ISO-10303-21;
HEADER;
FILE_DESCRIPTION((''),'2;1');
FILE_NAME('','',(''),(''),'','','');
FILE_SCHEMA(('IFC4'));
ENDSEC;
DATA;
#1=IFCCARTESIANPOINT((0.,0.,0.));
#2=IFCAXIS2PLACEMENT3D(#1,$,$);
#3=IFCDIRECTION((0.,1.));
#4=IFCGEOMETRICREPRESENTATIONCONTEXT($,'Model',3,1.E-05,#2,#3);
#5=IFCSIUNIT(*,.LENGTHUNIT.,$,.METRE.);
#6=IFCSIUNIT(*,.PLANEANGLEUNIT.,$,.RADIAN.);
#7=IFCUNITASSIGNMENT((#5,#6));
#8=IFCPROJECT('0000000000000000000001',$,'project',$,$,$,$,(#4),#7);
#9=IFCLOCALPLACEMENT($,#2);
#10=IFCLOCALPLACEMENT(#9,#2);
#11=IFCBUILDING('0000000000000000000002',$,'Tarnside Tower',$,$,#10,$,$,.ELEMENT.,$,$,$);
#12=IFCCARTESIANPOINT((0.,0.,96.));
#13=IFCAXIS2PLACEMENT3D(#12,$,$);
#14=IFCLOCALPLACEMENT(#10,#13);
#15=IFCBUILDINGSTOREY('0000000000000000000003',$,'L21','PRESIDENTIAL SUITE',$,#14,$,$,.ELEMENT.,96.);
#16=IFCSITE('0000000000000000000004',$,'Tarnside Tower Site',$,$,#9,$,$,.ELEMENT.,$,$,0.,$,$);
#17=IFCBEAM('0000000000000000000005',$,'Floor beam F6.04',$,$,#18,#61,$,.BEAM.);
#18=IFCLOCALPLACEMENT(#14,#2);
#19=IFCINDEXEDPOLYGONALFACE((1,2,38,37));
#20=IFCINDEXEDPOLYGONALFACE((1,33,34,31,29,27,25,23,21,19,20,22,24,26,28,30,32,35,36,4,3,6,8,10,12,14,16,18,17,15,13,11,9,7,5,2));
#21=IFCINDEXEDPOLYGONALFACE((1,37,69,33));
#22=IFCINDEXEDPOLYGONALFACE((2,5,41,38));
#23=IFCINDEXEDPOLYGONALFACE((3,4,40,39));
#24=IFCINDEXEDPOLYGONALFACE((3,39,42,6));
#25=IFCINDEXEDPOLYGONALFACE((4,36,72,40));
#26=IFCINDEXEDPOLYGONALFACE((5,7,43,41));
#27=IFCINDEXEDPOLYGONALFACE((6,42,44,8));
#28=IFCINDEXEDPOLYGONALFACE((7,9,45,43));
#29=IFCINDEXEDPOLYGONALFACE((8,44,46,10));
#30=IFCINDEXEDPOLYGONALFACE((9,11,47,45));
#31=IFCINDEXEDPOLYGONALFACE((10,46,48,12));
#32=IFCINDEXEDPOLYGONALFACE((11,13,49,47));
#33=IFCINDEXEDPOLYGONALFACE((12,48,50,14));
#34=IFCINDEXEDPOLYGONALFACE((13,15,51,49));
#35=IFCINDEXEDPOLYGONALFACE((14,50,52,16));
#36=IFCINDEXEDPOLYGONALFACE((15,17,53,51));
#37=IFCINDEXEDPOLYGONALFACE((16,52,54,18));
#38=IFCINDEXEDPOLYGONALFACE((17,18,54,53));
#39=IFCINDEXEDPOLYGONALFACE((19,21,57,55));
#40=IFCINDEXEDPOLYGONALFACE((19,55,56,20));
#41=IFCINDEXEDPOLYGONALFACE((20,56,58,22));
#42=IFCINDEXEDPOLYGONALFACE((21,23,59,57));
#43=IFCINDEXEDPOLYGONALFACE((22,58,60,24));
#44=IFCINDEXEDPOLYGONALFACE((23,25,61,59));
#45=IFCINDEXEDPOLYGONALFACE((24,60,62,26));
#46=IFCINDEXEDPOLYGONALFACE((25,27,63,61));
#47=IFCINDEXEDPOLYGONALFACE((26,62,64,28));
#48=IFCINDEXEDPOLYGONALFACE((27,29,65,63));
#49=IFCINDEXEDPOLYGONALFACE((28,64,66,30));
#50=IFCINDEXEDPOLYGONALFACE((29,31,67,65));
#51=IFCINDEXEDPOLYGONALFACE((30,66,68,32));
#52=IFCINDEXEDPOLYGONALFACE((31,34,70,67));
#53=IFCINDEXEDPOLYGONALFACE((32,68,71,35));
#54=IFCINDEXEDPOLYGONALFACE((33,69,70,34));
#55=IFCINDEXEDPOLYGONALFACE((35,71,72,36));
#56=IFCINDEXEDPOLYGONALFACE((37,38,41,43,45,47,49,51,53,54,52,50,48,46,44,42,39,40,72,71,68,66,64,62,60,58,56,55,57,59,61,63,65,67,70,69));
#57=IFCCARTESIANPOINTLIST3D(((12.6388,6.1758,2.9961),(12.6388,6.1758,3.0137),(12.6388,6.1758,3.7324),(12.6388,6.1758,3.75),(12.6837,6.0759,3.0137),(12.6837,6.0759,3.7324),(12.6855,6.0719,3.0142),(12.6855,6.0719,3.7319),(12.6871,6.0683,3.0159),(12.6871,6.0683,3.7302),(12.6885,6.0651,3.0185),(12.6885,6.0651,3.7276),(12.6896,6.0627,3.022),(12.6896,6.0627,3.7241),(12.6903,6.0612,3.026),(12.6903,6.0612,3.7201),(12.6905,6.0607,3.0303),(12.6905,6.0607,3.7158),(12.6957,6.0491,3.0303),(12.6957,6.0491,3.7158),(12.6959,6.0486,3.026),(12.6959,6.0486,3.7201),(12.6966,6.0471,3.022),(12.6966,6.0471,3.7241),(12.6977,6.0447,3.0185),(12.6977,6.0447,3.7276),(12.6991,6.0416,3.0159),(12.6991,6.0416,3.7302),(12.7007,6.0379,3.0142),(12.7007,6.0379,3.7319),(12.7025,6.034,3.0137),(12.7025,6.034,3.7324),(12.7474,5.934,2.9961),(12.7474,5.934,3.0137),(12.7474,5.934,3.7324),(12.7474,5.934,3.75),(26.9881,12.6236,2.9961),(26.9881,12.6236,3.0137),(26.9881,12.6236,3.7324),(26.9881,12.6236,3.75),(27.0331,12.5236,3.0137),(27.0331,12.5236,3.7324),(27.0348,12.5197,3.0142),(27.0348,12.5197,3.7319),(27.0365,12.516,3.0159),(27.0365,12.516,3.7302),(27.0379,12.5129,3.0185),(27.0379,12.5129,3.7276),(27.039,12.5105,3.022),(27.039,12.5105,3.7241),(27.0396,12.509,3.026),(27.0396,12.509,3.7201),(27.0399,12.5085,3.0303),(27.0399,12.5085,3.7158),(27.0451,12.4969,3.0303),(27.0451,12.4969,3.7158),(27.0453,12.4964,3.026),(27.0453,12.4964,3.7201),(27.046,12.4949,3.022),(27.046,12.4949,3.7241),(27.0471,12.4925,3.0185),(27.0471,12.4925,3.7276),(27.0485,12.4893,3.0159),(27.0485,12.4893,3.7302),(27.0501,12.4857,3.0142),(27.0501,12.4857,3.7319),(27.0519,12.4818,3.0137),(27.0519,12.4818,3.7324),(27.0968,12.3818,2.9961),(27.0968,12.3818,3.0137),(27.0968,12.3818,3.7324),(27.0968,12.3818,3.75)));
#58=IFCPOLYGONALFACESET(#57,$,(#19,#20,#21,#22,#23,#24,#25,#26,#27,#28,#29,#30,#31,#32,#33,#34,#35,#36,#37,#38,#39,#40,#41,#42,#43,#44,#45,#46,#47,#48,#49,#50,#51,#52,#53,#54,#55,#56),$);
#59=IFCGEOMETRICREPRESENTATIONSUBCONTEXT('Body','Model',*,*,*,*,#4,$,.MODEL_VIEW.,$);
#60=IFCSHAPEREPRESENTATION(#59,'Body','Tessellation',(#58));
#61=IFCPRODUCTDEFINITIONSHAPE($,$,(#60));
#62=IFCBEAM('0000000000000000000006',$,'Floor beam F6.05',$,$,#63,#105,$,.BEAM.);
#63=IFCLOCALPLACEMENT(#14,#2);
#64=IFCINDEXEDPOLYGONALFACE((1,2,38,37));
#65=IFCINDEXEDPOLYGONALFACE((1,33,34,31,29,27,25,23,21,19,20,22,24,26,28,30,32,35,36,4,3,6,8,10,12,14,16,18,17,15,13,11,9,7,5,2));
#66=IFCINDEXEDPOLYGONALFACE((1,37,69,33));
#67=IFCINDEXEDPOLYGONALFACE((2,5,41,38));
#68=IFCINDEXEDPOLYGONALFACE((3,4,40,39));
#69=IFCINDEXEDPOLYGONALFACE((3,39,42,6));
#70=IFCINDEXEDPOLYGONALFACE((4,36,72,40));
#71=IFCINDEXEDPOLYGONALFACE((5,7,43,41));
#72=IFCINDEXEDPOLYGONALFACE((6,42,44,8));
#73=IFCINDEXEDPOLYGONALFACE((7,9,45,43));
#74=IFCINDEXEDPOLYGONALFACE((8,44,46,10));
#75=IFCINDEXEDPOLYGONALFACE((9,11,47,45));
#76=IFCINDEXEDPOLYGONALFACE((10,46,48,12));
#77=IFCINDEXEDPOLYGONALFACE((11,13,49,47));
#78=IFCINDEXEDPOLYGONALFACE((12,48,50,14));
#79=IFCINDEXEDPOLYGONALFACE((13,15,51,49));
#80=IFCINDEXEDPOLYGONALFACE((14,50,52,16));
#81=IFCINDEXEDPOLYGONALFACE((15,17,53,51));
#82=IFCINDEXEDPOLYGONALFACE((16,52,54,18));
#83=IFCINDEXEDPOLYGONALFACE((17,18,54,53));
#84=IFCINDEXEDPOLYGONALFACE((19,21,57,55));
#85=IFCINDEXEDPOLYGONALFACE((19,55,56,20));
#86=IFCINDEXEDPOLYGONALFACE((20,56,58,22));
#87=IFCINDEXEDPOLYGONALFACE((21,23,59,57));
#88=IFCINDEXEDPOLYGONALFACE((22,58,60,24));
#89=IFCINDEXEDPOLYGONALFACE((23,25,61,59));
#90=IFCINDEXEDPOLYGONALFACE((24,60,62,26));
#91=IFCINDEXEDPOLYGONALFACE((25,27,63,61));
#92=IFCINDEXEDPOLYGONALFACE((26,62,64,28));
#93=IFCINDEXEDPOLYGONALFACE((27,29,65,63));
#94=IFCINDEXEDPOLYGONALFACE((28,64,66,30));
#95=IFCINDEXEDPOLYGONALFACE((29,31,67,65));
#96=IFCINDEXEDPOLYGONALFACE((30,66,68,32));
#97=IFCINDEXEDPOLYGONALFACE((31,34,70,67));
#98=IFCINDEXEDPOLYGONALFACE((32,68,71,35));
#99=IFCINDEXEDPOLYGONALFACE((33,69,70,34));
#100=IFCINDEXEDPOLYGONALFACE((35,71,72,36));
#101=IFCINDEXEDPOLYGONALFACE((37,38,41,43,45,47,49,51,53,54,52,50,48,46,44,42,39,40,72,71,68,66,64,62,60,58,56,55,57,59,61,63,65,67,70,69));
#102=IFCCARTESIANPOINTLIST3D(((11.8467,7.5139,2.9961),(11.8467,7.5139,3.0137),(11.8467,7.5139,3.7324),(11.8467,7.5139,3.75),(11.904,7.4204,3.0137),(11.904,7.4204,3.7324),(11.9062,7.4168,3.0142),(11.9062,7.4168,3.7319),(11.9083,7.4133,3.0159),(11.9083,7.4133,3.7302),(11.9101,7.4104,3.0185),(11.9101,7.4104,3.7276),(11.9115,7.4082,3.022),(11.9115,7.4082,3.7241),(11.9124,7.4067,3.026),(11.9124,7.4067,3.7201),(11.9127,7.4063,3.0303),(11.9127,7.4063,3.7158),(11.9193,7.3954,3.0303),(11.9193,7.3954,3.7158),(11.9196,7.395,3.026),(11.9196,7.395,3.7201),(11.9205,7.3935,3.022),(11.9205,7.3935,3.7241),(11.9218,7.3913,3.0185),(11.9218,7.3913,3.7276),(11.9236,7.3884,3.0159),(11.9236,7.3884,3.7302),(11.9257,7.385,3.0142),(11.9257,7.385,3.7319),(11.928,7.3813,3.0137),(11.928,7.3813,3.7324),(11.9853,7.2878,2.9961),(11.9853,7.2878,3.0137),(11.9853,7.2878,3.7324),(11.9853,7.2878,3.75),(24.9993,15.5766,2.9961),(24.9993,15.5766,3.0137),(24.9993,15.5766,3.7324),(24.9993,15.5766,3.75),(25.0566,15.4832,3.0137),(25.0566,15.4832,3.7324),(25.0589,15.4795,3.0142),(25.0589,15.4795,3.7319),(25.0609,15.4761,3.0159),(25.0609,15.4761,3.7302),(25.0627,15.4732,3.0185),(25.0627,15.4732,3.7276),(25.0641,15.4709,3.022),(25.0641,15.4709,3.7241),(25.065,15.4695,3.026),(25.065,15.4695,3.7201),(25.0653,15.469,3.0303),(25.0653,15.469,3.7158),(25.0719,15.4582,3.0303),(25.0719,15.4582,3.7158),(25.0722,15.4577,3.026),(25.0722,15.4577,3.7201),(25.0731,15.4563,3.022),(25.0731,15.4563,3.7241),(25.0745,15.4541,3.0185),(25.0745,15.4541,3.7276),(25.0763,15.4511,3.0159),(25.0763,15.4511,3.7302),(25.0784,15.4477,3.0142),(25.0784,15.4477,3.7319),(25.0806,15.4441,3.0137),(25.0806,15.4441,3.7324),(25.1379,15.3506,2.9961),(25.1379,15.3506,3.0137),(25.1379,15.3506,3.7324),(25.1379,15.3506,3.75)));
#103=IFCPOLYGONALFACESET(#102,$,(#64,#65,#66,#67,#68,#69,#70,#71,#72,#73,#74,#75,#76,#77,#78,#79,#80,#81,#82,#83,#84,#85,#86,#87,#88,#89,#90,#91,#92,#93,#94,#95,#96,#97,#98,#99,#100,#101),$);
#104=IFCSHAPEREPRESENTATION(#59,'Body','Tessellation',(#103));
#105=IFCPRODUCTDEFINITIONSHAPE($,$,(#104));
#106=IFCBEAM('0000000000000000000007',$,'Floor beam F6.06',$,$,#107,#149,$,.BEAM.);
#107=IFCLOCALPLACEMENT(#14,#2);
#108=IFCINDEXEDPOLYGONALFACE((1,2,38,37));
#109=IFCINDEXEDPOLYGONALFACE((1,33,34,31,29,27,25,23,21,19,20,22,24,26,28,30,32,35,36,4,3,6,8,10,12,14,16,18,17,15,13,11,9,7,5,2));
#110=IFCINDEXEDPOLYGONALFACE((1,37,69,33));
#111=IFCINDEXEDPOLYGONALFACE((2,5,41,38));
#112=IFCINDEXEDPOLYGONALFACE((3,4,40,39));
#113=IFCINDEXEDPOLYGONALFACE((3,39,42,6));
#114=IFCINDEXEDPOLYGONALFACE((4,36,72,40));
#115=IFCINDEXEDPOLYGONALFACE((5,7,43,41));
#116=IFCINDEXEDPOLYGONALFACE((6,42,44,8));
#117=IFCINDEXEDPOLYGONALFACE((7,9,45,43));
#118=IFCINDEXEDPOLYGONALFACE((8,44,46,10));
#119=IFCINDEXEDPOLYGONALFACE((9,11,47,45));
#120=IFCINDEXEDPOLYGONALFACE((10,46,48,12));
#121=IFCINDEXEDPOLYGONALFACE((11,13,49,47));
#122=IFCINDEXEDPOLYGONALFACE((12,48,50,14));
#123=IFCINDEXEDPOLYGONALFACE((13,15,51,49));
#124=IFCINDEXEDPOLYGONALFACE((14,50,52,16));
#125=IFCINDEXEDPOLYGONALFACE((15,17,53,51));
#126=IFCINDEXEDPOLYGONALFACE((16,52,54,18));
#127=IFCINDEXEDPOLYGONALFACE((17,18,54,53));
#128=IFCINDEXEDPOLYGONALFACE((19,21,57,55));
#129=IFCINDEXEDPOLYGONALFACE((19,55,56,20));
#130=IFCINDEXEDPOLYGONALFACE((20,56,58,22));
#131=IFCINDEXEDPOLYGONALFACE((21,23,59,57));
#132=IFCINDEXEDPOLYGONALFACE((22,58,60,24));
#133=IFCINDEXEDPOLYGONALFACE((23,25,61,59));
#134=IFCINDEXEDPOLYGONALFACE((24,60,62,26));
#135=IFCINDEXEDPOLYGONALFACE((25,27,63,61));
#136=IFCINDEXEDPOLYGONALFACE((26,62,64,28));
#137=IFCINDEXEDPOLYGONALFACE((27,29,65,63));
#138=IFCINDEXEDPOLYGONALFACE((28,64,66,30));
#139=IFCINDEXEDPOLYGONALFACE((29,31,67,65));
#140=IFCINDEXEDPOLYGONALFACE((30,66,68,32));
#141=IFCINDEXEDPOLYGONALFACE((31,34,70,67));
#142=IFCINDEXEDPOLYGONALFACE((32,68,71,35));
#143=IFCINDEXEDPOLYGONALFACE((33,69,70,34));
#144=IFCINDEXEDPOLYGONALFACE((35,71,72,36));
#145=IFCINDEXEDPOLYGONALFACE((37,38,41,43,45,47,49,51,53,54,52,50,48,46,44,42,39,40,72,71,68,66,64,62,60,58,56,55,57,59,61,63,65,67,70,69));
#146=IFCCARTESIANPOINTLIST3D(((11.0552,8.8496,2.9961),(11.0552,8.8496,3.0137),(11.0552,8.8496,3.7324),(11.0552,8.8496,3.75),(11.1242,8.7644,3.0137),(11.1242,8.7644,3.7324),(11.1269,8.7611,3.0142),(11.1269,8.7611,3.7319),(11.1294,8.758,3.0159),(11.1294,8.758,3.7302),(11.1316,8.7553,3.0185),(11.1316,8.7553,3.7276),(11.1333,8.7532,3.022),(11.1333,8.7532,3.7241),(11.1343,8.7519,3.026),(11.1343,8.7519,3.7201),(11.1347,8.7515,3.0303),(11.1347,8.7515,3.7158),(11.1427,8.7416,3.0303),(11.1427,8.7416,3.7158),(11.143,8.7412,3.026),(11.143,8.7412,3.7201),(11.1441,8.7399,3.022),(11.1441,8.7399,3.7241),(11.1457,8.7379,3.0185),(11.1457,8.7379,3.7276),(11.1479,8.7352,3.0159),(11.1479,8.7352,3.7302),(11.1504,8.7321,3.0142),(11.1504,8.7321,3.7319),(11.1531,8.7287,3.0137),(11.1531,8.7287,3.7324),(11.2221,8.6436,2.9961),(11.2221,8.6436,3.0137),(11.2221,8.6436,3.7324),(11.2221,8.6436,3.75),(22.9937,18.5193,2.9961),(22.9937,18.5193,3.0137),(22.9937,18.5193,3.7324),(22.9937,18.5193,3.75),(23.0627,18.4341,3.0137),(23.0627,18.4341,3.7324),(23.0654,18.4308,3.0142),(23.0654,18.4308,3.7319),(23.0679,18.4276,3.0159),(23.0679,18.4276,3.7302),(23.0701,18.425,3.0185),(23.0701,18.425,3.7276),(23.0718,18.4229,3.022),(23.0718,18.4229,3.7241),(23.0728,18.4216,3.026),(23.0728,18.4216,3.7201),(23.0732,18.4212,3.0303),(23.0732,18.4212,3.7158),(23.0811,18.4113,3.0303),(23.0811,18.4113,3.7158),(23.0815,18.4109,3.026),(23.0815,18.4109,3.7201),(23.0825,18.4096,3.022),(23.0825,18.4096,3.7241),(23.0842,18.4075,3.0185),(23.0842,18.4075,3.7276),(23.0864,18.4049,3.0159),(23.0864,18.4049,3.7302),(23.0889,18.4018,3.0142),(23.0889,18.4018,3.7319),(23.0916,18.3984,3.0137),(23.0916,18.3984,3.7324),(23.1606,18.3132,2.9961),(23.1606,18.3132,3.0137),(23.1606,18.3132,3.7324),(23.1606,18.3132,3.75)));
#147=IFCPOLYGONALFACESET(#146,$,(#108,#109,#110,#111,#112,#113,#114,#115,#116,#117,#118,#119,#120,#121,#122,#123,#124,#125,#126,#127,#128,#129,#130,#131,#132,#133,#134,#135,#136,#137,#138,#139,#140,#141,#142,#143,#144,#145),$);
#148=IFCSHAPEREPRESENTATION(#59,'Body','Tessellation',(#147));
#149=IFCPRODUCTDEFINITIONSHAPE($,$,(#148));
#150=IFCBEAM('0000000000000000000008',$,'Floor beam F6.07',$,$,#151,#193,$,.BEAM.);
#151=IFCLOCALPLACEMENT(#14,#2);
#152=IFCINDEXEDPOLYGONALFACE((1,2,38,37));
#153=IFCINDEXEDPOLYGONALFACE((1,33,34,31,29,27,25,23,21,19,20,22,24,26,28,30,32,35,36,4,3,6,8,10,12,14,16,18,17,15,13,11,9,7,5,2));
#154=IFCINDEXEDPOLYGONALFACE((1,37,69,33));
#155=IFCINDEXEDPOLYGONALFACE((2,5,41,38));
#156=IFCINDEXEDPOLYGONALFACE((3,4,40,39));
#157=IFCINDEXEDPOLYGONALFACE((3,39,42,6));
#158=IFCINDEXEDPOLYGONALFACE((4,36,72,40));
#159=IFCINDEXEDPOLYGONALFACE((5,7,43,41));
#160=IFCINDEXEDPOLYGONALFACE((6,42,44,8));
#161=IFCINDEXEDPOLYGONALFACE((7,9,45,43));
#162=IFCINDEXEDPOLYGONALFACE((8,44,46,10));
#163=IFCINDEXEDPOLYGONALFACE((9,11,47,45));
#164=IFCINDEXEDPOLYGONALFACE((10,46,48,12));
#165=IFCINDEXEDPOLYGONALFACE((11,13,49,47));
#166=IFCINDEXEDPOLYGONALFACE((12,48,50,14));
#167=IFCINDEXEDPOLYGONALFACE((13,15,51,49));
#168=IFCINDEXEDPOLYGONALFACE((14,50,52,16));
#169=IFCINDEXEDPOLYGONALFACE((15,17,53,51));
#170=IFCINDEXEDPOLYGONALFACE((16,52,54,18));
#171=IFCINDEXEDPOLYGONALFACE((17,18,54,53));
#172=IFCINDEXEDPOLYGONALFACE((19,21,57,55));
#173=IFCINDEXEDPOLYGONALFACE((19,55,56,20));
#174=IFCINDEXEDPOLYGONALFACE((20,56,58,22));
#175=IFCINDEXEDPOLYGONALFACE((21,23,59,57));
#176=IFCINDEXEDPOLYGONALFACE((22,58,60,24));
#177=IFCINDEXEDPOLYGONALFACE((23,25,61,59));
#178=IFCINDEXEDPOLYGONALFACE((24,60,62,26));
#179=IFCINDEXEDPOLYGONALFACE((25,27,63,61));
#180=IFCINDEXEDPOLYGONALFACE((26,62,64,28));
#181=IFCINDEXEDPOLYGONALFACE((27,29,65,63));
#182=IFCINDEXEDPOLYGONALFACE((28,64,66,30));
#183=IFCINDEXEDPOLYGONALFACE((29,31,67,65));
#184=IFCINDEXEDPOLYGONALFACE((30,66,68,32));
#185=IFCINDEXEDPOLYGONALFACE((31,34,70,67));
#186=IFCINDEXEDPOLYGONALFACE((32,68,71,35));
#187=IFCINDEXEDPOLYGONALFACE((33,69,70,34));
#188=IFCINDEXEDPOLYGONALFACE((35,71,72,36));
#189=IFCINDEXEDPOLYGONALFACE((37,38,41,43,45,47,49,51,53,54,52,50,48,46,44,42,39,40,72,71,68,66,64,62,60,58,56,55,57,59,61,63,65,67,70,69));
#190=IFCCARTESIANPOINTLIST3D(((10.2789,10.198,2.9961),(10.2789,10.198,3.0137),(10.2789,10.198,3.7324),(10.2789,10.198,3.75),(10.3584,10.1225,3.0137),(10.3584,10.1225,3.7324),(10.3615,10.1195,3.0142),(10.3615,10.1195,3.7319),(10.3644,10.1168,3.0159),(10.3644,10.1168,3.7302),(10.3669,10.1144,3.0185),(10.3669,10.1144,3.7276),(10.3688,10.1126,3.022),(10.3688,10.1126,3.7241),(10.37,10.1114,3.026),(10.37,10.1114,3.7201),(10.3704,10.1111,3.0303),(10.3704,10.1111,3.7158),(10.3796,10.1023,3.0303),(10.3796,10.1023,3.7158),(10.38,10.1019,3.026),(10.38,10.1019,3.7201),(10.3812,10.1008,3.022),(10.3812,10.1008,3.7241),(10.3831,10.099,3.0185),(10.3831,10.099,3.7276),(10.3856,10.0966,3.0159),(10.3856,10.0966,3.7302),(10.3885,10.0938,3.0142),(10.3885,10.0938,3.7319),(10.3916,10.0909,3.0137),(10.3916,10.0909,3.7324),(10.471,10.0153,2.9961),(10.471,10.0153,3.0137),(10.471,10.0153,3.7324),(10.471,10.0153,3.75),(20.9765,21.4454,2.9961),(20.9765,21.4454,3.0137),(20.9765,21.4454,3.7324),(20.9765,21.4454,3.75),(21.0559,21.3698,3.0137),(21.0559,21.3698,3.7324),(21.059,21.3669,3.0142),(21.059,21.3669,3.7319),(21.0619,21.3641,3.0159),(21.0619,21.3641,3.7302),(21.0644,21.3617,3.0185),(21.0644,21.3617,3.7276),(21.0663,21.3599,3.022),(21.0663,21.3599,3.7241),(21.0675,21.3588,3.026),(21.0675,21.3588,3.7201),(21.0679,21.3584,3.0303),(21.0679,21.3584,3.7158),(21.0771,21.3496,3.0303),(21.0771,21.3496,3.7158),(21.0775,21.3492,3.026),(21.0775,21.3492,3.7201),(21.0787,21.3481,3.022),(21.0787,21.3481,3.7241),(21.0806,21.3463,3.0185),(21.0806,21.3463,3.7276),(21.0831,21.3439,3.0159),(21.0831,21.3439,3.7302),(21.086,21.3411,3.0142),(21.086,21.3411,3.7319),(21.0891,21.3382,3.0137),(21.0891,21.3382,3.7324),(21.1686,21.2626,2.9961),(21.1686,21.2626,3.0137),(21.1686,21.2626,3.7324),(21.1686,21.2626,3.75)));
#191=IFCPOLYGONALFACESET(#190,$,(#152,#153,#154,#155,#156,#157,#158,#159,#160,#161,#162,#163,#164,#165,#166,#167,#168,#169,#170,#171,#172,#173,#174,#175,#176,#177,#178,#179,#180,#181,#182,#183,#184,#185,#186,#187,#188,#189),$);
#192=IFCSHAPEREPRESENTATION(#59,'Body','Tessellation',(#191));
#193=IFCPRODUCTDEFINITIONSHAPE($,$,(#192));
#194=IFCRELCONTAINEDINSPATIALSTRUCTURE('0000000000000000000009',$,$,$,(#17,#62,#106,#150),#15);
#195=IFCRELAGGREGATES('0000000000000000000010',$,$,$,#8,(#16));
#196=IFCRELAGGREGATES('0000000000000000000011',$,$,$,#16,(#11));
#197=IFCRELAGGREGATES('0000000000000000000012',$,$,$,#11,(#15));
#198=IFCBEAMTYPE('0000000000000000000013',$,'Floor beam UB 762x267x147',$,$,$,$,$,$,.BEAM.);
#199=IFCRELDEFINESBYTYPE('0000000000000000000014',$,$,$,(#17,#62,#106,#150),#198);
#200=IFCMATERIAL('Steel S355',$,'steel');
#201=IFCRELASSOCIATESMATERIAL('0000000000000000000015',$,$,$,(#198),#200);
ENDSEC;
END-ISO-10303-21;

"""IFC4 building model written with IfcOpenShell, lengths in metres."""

from ifc_helpers import new_model, si_unit, direction, frame, origin, origin_2d, place, context, subcontext, project, spatial, i_section, extrude, material, material_profile, profile_set, type_object, element, save


model = new_model("IFC4")

# Units and contexts
model_context = context("Model", 3, precision=1e-05, world=origin(), true_north=direction((0.0, 1.0)))
body_context = subcontext(model_context, "Body", "Model", "MODEL_VIEW")
ifc_project = project(units=[si_unit("LENGTHUNIT", "METRE"), si_unit("PLANEANGLEUNIT", "RADIAN")], contexts=[model_context])

# Site, building, storey
site_placement = place(None, origin())
site = spatial("IfcSite", under=ifc_project, at=site_placement, Name="Tarnside Tower Site", CompositionType="ELEMENT", RefElevation=0.0)
building_placement = place(site_placement, origin())
building = spatial("IfcBuilding", under=site, at=building_placement, Name="Tarnside Tower", CompositionType="ELEMENT")
storey_placement = place(building_placement, frame((0.0, 0.0, 96.0)))
storey = spatial("IfcBuildingStorey", under=building, at=storey_placement, Name="L21", Description="PRESIDENTIAL SUITE", CompositionType="ELEMENT", Elevation=96.0)

# Beams
ifc_material_1 = material(Name="Steel S355", Category="steel")
ifc_material_profile_1 = material_profile(ifc_material_1, i_section(OverallWidth=0.2651, OverallDepth=0.7539, WebThickness=0.0127, FlangeThickness=0.0176, FilletRadius=0.0166, at=origin_2d()), Name="UB 762x267x147")
ifc_profile_set_1 = profile_set([ifc_material_profile_1], Name="Steel S355")
beam_type_1 = type_object("IfcBeamType", Name="Floor beam UB 762x267x147", PredefinedType="BEAM", material=ifc_profile_set_1)
beam_1_placement = place(storey_placement, frame((27.0425, 12.5027, 3.373), z_axis=(-0.912146, -0.409865, 0.0), x_axis=(0.409865, -0.912146, 0.0)))
element("IfcBeam", 1, at=beam_1_placement, inside=storey, type_object=beam_type_1, Name="Floor beam F6.04", PredefinedType="BEAM", context=body_context, shape_type="SweptSolid", body=[
    extrude(i_section(OverallWidth=0.2651, OverallDepth=0.7539, WebThickness=0.0127, FlangeThickness=0.0176, FilletRadius=0.0166, at=origin_2d()), origin(), (0.0, 0.0, 1.0), 15.7314),
])
beam_2_placement = place(storey_placement, frame((25.0686, 15.4636, 3.373), z_axis=(-0.852558, -0.522632, 0.0), x_axis=(0.522632, -0.852558, 0.0)))
element("IfcBeam", 2, at=beam_2_placement, inside=storey, type_object=beam_type_1, Name="Floor beam F6.05", PredefinedType="BEAM", context=body_context, shape_type="SweptSolid", body=[
    extrude(i_section(OverallWidth=0.2651, OverallDepth=0.7539, WebThickness=0.0127, FlangeThickness=0.0176, FilletRadius=0.0166, at=origin_2d()), origin(), (0.0, 0.0, 1.0), 15.4272),
])
beam_3_placement = place(storey_placement, frame((23.0771, 18.4163, 3.373), z_axis=(-0.777079, -0.629403, 0.0), x_axis=(0.629403, -0.777079, 0.0)))
element("IfcBeam", 3, at=beam_3_placement, inside=storey, type_object=beam_type_1, Name="Floor beam F6.06", PredefinedType="BEAM", context=body_context, shape_type="SweptSolid", body=[
    extrude(i_section(OverallWidth=0.2651, OverallDepth=0.7539, WebThickness=0.0127, FlangeThickness=0.0176, FilletRadius=0.0166, at=origin_2d()), origin(), (0.0, 0.0, 1.0), 15.3633),
])
beam_4_placement = place(storey_placement, frame((21.0725, 21.354, 3.373), z_axis=(-0.689175, -0.724595, 0.0), x_axis=(0.724595, -0.689175, 0.0)))
element("IfcBeam", 4, at=beam_4_placement, inside=storey, type_object=beam_type_1, Name="Floor beam F6.07", PredefinedType="BEAM", context=body_context, shape_type="SweptSolid", body=[
    extrude(i_section(OverallWidth=0.2651, OverallDepth=0.7539, WebThickness=0.0127, FlangeThickness=0.0176, FilletRadius=0.0166, at=origin_2d()), origin(), (0.0, 0.0, 1.0), 15.5222),
])

save(model, "model.ifc")
